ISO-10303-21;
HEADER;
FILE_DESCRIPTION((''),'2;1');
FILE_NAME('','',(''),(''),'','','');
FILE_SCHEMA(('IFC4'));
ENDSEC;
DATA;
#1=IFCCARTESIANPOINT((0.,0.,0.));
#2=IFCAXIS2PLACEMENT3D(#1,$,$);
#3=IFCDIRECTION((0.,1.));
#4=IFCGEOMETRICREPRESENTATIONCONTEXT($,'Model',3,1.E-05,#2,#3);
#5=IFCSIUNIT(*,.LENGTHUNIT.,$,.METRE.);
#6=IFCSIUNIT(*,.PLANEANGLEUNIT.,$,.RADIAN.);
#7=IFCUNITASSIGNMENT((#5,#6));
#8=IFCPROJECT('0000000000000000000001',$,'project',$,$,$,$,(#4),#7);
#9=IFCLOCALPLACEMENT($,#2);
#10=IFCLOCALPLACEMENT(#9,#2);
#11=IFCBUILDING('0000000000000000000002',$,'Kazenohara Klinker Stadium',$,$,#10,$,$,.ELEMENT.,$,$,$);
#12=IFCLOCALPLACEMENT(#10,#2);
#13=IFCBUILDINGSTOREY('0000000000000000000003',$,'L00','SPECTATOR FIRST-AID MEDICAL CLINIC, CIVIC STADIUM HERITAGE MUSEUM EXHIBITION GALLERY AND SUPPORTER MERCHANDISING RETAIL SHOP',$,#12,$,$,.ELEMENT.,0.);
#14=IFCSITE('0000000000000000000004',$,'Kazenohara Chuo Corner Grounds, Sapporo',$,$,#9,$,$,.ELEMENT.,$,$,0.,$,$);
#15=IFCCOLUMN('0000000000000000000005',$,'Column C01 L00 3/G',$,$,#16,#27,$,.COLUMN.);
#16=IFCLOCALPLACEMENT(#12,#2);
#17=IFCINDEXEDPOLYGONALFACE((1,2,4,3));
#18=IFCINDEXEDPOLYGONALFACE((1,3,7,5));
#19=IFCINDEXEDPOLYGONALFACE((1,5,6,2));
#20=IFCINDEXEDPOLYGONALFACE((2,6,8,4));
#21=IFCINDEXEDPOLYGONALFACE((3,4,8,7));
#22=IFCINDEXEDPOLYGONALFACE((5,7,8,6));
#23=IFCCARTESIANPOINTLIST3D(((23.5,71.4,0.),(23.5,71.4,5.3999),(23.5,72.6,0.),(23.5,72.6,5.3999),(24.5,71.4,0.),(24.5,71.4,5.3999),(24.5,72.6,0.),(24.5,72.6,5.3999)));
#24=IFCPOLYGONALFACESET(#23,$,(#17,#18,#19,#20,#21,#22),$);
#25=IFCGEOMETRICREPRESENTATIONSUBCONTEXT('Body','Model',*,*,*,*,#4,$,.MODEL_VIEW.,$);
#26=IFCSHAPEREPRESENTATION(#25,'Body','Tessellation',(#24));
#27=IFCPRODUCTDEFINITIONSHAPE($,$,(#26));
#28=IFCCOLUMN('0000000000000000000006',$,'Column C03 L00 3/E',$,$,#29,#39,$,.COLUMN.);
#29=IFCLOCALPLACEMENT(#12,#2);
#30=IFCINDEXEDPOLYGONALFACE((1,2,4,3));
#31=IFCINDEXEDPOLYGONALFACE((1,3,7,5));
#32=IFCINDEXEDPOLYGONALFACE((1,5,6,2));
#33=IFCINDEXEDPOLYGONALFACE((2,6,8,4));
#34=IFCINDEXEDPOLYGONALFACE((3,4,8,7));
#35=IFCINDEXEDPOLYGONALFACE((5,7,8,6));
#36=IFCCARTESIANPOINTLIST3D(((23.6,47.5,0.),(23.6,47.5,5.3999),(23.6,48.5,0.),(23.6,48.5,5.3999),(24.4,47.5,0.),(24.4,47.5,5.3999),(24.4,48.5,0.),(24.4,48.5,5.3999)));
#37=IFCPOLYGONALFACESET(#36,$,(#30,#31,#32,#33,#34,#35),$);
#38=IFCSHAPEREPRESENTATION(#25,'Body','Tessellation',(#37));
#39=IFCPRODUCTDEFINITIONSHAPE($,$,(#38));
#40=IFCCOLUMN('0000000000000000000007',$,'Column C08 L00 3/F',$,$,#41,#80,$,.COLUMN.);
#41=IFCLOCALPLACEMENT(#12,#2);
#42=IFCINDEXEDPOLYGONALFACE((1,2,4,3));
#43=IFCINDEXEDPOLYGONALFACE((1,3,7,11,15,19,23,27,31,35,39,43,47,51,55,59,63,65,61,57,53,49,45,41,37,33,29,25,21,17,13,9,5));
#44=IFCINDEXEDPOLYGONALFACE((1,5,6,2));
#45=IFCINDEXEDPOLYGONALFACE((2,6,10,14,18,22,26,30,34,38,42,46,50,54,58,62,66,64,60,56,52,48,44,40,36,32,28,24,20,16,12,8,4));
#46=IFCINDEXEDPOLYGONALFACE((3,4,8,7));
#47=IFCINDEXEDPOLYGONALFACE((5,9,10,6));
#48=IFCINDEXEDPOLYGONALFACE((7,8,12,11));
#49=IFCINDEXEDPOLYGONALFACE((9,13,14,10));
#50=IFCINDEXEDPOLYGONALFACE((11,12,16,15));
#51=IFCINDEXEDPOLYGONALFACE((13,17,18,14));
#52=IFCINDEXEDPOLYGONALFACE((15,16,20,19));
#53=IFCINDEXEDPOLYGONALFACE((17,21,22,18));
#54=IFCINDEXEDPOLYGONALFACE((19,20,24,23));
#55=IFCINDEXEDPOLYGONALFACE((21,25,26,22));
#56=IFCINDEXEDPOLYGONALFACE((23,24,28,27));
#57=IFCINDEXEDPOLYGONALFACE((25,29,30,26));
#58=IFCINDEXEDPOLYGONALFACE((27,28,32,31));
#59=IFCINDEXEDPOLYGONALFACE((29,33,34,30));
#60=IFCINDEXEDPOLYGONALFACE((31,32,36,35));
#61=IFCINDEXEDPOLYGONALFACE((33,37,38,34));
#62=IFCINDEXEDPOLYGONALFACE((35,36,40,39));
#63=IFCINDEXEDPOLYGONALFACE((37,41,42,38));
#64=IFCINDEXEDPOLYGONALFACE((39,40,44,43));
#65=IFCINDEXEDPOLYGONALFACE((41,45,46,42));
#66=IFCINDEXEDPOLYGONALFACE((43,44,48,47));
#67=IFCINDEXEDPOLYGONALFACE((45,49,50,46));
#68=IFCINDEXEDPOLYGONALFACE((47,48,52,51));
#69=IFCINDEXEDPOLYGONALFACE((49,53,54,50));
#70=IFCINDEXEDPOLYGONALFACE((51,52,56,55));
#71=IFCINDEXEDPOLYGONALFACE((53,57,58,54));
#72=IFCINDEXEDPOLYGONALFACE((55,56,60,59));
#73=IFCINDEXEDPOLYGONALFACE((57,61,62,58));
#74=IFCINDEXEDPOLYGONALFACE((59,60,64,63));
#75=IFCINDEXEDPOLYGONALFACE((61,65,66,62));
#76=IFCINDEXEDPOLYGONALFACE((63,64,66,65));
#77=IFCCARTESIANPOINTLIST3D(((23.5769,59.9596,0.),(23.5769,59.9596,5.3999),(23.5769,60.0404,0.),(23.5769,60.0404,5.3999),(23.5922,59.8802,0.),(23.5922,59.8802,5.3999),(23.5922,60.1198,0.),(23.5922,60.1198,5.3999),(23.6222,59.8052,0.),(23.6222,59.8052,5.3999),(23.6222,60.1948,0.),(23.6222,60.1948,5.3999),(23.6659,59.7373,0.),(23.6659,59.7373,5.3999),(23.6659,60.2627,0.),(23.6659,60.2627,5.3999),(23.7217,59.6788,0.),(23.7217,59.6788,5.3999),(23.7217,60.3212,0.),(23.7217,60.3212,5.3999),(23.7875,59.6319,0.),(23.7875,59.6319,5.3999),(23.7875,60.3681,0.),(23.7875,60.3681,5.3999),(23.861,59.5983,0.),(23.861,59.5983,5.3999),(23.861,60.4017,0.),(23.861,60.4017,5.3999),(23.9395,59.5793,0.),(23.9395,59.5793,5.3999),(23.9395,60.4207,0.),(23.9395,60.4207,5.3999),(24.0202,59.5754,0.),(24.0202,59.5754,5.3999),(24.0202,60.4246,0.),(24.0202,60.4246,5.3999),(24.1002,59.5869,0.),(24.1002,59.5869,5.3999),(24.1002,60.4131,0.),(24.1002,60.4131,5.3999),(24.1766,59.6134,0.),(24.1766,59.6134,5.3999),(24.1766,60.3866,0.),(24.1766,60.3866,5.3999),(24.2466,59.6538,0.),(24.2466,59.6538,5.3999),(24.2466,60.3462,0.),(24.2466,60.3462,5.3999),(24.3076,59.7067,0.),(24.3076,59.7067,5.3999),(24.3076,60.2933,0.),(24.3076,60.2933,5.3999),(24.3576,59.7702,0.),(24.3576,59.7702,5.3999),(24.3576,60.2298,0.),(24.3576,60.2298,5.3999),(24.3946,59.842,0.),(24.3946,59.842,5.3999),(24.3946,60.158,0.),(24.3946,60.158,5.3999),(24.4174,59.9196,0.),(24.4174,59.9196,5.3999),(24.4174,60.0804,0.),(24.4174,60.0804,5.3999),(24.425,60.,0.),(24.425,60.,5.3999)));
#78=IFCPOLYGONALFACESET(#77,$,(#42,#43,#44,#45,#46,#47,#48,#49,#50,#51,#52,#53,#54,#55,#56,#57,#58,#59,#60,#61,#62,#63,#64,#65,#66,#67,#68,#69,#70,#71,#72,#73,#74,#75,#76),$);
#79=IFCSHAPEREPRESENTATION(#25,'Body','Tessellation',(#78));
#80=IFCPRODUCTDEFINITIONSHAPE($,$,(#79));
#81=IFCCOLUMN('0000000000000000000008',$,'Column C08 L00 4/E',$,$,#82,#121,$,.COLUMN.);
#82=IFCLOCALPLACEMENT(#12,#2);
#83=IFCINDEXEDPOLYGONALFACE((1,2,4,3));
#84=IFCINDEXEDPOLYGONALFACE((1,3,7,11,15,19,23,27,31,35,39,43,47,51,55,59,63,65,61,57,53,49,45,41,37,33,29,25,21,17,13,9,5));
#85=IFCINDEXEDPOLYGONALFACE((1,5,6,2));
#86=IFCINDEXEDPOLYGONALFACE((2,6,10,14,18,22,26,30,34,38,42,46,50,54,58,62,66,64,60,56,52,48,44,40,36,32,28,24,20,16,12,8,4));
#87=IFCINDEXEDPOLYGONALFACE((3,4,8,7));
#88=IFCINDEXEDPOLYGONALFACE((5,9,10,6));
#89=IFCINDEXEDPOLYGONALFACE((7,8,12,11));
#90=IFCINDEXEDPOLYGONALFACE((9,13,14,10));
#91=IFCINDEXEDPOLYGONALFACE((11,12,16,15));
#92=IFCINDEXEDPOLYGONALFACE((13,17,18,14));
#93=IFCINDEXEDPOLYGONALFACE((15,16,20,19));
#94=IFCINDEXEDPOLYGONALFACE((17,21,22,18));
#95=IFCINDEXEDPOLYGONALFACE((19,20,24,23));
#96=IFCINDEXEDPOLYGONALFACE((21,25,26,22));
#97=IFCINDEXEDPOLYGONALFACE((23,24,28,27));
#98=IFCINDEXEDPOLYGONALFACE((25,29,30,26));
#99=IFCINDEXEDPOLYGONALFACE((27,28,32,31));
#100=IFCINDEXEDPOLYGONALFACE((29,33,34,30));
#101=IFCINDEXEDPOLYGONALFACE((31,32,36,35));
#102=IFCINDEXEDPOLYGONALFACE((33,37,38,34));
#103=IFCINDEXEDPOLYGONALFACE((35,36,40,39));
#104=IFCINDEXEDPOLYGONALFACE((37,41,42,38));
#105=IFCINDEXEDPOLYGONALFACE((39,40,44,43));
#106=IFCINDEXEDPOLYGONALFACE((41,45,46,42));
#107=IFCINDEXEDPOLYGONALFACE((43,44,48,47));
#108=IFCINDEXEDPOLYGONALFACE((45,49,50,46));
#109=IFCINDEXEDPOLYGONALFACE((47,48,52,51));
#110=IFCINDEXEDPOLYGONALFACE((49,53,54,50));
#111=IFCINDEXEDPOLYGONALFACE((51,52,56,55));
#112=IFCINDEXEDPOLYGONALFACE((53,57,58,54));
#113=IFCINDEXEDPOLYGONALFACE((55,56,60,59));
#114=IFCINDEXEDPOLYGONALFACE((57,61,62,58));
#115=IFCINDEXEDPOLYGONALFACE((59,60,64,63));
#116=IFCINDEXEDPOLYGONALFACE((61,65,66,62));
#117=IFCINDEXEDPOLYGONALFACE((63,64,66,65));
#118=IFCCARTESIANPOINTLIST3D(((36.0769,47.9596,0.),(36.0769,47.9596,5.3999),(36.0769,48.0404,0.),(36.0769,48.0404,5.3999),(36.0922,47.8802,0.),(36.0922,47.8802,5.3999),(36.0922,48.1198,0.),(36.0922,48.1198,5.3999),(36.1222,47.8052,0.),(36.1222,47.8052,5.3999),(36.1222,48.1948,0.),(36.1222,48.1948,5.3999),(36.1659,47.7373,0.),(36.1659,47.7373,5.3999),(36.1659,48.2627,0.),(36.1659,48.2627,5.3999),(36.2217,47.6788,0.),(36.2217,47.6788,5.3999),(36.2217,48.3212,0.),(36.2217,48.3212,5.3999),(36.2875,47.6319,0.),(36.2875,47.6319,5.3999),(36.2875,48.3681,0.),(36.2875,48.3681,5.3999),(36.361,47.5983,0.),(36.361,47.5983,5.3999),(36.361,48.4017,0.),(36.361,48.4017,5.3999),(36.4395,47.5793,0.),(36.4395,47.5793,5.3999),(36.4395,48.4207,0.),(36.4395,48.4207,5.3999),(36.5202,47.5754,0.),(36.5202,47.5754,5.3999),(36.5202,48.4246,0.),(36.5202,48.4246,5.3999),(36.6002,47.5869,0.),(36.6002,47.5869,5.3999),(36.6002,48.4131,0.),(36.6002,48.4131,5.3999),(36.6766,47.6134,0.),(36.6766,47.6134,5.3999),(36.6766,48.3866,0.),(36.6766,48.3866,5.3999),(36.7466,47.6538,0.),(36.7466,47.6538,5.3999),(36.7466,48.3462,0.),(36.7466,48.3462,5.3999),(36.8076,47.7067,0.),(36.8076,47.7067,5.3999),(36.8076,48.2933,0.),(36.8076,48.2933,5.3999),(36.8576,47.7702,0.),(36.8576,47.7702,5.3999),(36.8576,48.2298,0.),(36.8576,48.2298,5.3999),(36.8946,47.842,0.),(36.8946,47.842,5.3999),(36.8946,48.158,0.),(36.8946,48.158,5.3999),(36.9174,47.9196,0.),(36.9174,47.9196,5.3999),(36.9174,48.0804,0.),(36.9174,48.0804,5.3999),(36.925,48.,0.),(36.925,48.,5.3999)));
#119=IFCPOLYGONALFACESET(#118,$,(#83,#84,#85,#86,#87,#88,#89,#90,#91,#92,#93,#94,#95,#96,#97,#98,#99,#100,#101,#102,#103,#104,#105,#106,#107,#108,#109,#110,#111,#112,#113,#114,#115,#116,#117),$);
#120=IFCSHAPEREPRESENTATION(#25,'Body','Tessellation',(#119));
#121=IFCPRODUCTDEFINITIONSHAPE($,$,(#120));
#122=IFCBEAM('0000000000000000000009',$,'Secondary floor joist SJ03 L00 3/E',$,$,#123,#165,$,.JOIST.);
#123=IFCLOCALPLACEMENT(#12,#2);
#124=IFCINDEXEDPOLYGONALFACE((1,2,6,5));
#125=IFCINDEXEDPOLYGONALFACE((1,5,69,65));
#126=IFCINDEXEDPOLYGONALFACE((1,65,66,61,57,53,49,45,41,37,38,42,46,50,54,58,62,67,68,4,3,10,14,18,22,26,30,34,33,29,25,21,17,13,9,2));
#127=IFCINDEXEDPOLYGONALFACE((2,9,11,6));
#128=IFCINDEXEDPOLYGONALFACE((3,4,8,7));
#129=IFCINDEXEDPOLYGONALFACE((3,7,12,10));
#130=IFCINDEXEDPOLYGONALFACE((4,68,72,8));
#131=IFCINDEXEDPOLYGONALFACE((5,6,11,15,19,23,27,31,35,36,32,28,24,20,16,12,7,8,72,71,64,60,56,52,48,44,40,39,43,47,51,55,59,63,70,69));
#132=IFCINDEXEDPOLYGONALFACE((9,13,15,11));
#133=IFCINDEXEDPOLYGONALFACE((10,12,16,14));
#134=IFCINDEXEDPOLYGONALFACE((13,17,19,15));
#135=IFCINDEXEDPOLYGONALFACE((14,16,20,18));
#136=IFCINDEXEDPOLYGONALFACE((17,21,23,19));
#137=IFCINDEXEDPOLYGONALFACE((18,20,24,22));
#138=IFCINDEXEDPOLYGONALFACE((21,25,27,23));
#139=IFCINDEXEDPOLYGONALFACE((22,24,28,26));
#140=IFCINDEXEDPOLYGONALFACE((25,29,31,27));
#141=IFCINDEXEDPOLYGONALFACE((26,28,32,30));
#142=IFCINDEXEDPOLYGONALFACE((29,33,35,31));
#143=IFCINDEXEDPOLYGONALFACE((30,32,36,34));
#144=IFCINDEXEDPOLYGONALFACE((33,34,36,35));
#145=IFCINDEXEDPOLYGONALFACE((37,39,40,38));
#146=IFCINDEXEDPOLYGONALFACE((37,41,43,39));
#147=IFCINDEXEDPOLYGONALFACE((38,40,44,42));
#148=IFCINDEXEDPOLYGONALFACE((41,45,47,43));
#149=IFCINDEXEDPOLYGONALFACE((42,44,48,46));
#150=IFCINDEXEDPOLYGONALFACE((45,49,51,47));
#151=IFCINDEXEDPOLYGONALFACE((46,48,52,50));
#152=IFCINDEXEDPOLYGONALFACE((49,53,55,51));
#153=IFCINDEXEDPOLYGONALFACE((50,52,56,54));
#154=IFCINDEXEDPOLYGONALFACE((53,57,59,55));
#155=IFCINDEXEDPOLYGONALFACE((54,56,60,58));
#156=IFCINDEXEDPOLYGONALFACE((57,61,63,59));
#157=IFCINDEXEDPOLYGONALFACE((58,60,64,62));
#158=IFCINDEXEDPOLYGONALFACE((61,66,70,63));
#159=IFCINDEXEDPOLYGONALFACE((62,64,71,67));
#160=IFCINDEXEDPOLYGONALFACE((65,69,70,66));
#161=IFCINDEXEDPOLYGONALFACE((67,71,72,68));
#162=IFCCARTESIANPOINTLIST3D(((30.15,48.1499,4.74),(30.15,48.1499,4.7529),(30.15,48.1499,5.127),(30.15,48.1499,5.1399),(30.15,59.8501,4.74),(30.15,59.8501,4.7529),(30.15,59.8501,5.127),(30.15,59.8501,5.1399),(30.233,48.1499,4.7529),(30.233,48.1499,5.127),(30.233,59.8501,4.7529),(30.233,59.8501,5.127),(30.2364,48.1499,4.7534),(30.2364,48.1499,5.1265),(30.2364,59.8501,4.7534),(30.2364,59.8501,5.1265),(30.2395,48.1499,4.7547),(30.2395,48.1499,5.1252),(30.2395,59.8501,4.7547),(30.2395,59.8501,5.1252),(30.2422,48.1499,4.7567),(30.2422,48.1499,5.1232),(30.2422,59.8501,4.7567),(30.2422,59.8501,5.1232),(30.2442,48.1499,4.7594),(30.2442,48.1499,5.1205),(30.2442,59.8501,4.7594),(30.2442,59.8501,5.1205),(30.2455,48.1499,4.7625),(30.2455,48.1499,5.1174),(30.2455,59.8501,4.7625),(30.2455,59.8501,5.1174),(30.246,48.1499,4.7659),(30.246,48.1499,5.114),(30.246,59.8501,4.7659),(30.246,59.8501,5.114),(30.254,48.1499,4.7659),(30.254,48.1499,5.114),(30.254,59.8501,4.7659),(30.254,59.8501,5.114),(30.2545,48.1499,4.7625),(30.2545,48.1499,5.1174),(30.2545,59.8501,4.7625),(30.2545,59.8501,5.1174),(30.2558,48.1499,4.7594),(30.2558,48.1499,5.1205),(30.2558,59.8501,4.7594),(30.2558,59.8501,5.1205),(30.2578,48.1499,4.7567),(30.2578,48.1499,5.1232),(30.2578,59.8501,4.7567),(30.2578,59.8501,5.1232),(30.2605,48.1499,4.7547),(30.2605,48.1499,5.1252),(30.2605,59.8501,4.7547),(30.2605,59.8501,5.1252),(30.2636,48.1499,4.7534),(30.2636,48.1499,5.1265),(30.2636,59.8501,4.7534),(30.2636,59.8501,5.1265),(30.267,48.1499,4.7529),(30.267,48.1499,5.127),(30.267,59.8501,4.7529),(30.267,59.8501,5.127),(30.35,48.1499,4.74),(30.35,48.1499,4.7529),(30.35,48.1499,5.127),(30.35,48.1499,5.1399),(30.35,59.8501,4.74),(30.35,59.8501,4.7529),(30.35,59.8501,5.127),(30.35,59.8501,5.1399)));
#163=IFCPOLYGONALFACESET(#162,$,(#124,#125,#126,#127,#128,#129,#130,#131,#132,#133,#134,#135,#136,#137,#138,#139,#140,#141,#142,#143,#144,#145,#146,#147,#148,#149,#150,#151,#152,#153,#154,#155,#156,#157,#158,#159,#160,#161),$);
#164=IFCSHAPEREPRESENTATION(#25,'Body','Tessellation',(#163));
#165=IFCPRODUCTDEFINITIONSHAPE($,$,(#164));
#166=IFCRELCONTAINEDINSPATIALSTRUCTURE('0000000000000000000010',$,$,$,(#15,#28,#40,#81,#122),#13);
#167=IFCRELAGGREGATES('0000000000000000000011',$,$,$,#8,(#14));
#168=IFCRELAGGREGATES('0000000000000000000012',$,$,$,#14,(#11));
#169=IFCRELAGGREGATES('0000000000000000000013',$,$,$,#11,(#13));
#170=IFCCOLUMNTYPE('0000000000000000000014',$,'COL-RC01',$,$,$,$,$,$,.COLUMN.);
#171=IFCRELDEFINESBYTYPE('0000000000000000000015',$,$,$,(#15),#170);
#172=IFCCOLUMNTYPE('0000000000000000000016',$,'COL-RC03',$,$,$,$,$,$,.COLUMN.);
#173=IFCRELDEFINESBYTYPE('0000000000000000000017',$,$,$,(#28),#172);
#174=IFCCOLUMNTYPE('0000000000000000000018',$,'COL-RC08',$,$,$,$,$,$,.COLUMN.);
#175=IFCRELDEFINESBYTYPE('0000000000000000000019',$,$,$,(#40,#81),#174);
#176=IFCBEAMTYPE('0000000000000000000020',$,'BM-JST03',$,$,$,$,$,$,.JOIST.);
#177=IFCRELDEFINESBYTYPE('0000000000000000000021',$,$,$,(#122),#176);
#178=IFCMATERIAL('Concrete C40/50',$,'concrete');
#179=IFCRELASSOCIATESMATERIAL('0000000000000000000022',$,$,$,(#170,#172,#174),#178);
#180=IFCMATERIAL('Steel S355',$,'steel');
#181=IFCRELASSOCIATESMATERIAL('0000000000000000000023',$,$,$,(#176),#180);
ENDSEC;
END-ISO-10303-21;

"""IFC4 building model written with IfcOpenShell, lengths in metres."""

from ifc_helpers import new_model, si_unit, direction, frame, origin, origin_2d, place, context, subcontext, project, spatial, rectangle, circle, i_section, extrude, material, material_profile, profile_set, type_object, element, save


model = new_model("IFC4")

# Units and contexts
model_context = context("Model", 3, precision=1e-05, world=origin(), true_north=direction((0.0, 1.0)))
body_context = subcontext(model_context, "Body", "Model", "MODEL_VIEW")
ifc_project = project(units=[si_unit("LENGTHUNIT", "METRE"), si_unit("PLANEANGLEUNIT", "RADIAN")], contexts=[model_context])

# Site, building, storey
site_placement = place(None, origin())
site = spatial("IfcSite", under=ifc_project, at=site_placement, Name="Kazenohara Chuo Corner Grounds, Sapporo", CompositionType="ELEMENT", RefElevation=0.0)
building_placement = place(site_placement, origin())
building = spatial("IfcBuilding", under=site, at=building_placement, Name="Kazenohara Klinker Stadium", CompositionType="ELEMENT")
storey_placement = place(building_placement, origin())
storey = spatial("IfcBuildingStorey", under=building, at=storey_placement, Name="L00", Description="SPECTATOR FIRST-AID MEDICAL CLINIC, CIVIC STADIUM HERITAGE MUSEUM EXHIBITION GALLERY AND SUPPORTER MERCHANDISING RETAIL SHOP", CompositionType="ELEMENT", Elevation=0.0)

# Columns
ifc_material_1 = material(Name="Concrete C40/50", Category="concrete")
ifc_material_profile_1 = material_profile(ifc_material_1, rectangle(XDim=1.0, YDim=1.2, at=origin_2d()), Name="RC-COL-1200x1000")
ifc_profile_set_1 = profile_set([ifc_material_profile_1], Name="Concrete C40/50")
column_type_1 = type_object("IfcColumnType", Name="COL-RC01", PredefinedType="COLUMN", material=ifc_profile_set_1)
column_1_placement = place(storey_placement, frame((24.0, 72.0, 0.0), z_axis=(0.0, 0.0, 1.0), x_axis=(1.0, 0.0, 0.0)))
element("IfcColumn", 1, at=column_1_placement, inside=storey, type_object=column_type_1, Name="Column C01 L00 3/G", PredefinedType="COLUMN", context=body_context, shape_type="SweptSolid", body=[
    extrude(rectangle(XDim=1.0, YDim=1.2, at=origin_2d()), origin(), (0.0, 0.0, 1.0), 5.3999),
])
ifc_material_profile_2 = material_profile(ifc_material_1, rectangle(XDim=0.8, YDim=1.0, at=origin_2d()), Name="RC-COL-1000x800")
ifc_profile_set_2 = profile_set([ifc_material_profile_2], Name="Concrete C40/50")
column_type_2 = type_object("IfcColumnType", Name="COL-RC03", PredefinedType="COLUMN", material=ifc_profile_set_2)
column_2_placement = place(storey_placement, frame((24.0, 48.0, 0.0), z_axis=(0.0, 0.0, 1.0), x_axis=(1.0, 0.0, 0.0)))
element("IfcColumn", 2, at=column_2_placement, inside=storey, type_object=column_type_2, Name="Column C03 L00 3/E", PredefinedType="COLUMN", context=body_context, shape_type="SweptSolid", body=[
    extrude(rectangle(XDim=0.8, YDim=1.0, at=origin_2d()), origin(), (0.0, 0.0, 1.0), 5.3999),
])
ifc_material_profile_3 = material_profile(ifc_material_1, circle(Radius=0.425, at=origin_2d()), Name="RC-COL-D850")
ifc_profile_set_3 = profile_set([ifc_material_profile_3], Name="Concrete C40/50")
column_type_3 = type_object("IfcColumnType", Name="COL-RC08", PredefinedType="COLUMN", material=ifc_profile_set_3)
for number, where, z_axis, x_axis, name in (
    (3, (24.0, 60.0, 0.0), (0.0, 0.0, 1.0), (1.0, 0.0, 0.0), "Column C08 L00 3/F"),
    (4, (36.5, 48.0, 0.0), (0.0, 0.0, 1.0), (1.0, 0.0, 0.0), "Column C08 L00 4/E"),
):
    element("IfcColumn", number, at=place(storey_placement, frame(where, z_axis=z_axis, x_axis=x_axis)), inside=storey, type_object=column_type_3, Name=name, PredefinedType="COLUMN", context=body_context, shape_type="SweptSolid", body=[
        extrude(circle(Radius=0.425, at=origin_2d()), origin(), (0.0, 0.0, 1.0), 5.3999),
    ])

# Beam
ifc_material_2 = material(Name="Steel S355", Category="steel")
ifc_material_profile_4 = material_profile(ifc_material_2, i_section(OverallWidth=0.2, OverallDepth=0.3999, WebThickness=0.0081, FlangeThickness=0.0129, FilletRadius=0.0129, at=origin_2d()), Name="H-400x200x8x13")
ifc_profile_set_4 = profile_set([ifc_material_profile_4], Name="Steel S355")
beam_type_1 = type_object("IfcBeamType", Name="BM-JST03", PredefinedType="JOIST", material=ifc_profile_set_4)
beam_1_placement = place(storey_placement, frame((30.25, 48.1499, 4.9399), z_axis=(0.0, 1.0, 0.0), x_axis=(-1.0, 0.0, 0.0)))
element("IfcBeam", 5, at=beam_1_placement, inside=storey, type_object=beam_type_1, Name="Secondary floor joist SJ03 L00 3/E", PredefinedType="JOIST", context=body_context, shape_type="SweptSolid", body=[
    extrude(i_section(OverallWidth=0.2, OverallDepth=0.3999, WebThickness=0.0081, FlangeThickness=0.0129, FilletRadius=0.0129, at=origin_2d()), origin(), (0.0, 0.0, 1.0), 11.7002),
])

save(model, "model.ifc")
